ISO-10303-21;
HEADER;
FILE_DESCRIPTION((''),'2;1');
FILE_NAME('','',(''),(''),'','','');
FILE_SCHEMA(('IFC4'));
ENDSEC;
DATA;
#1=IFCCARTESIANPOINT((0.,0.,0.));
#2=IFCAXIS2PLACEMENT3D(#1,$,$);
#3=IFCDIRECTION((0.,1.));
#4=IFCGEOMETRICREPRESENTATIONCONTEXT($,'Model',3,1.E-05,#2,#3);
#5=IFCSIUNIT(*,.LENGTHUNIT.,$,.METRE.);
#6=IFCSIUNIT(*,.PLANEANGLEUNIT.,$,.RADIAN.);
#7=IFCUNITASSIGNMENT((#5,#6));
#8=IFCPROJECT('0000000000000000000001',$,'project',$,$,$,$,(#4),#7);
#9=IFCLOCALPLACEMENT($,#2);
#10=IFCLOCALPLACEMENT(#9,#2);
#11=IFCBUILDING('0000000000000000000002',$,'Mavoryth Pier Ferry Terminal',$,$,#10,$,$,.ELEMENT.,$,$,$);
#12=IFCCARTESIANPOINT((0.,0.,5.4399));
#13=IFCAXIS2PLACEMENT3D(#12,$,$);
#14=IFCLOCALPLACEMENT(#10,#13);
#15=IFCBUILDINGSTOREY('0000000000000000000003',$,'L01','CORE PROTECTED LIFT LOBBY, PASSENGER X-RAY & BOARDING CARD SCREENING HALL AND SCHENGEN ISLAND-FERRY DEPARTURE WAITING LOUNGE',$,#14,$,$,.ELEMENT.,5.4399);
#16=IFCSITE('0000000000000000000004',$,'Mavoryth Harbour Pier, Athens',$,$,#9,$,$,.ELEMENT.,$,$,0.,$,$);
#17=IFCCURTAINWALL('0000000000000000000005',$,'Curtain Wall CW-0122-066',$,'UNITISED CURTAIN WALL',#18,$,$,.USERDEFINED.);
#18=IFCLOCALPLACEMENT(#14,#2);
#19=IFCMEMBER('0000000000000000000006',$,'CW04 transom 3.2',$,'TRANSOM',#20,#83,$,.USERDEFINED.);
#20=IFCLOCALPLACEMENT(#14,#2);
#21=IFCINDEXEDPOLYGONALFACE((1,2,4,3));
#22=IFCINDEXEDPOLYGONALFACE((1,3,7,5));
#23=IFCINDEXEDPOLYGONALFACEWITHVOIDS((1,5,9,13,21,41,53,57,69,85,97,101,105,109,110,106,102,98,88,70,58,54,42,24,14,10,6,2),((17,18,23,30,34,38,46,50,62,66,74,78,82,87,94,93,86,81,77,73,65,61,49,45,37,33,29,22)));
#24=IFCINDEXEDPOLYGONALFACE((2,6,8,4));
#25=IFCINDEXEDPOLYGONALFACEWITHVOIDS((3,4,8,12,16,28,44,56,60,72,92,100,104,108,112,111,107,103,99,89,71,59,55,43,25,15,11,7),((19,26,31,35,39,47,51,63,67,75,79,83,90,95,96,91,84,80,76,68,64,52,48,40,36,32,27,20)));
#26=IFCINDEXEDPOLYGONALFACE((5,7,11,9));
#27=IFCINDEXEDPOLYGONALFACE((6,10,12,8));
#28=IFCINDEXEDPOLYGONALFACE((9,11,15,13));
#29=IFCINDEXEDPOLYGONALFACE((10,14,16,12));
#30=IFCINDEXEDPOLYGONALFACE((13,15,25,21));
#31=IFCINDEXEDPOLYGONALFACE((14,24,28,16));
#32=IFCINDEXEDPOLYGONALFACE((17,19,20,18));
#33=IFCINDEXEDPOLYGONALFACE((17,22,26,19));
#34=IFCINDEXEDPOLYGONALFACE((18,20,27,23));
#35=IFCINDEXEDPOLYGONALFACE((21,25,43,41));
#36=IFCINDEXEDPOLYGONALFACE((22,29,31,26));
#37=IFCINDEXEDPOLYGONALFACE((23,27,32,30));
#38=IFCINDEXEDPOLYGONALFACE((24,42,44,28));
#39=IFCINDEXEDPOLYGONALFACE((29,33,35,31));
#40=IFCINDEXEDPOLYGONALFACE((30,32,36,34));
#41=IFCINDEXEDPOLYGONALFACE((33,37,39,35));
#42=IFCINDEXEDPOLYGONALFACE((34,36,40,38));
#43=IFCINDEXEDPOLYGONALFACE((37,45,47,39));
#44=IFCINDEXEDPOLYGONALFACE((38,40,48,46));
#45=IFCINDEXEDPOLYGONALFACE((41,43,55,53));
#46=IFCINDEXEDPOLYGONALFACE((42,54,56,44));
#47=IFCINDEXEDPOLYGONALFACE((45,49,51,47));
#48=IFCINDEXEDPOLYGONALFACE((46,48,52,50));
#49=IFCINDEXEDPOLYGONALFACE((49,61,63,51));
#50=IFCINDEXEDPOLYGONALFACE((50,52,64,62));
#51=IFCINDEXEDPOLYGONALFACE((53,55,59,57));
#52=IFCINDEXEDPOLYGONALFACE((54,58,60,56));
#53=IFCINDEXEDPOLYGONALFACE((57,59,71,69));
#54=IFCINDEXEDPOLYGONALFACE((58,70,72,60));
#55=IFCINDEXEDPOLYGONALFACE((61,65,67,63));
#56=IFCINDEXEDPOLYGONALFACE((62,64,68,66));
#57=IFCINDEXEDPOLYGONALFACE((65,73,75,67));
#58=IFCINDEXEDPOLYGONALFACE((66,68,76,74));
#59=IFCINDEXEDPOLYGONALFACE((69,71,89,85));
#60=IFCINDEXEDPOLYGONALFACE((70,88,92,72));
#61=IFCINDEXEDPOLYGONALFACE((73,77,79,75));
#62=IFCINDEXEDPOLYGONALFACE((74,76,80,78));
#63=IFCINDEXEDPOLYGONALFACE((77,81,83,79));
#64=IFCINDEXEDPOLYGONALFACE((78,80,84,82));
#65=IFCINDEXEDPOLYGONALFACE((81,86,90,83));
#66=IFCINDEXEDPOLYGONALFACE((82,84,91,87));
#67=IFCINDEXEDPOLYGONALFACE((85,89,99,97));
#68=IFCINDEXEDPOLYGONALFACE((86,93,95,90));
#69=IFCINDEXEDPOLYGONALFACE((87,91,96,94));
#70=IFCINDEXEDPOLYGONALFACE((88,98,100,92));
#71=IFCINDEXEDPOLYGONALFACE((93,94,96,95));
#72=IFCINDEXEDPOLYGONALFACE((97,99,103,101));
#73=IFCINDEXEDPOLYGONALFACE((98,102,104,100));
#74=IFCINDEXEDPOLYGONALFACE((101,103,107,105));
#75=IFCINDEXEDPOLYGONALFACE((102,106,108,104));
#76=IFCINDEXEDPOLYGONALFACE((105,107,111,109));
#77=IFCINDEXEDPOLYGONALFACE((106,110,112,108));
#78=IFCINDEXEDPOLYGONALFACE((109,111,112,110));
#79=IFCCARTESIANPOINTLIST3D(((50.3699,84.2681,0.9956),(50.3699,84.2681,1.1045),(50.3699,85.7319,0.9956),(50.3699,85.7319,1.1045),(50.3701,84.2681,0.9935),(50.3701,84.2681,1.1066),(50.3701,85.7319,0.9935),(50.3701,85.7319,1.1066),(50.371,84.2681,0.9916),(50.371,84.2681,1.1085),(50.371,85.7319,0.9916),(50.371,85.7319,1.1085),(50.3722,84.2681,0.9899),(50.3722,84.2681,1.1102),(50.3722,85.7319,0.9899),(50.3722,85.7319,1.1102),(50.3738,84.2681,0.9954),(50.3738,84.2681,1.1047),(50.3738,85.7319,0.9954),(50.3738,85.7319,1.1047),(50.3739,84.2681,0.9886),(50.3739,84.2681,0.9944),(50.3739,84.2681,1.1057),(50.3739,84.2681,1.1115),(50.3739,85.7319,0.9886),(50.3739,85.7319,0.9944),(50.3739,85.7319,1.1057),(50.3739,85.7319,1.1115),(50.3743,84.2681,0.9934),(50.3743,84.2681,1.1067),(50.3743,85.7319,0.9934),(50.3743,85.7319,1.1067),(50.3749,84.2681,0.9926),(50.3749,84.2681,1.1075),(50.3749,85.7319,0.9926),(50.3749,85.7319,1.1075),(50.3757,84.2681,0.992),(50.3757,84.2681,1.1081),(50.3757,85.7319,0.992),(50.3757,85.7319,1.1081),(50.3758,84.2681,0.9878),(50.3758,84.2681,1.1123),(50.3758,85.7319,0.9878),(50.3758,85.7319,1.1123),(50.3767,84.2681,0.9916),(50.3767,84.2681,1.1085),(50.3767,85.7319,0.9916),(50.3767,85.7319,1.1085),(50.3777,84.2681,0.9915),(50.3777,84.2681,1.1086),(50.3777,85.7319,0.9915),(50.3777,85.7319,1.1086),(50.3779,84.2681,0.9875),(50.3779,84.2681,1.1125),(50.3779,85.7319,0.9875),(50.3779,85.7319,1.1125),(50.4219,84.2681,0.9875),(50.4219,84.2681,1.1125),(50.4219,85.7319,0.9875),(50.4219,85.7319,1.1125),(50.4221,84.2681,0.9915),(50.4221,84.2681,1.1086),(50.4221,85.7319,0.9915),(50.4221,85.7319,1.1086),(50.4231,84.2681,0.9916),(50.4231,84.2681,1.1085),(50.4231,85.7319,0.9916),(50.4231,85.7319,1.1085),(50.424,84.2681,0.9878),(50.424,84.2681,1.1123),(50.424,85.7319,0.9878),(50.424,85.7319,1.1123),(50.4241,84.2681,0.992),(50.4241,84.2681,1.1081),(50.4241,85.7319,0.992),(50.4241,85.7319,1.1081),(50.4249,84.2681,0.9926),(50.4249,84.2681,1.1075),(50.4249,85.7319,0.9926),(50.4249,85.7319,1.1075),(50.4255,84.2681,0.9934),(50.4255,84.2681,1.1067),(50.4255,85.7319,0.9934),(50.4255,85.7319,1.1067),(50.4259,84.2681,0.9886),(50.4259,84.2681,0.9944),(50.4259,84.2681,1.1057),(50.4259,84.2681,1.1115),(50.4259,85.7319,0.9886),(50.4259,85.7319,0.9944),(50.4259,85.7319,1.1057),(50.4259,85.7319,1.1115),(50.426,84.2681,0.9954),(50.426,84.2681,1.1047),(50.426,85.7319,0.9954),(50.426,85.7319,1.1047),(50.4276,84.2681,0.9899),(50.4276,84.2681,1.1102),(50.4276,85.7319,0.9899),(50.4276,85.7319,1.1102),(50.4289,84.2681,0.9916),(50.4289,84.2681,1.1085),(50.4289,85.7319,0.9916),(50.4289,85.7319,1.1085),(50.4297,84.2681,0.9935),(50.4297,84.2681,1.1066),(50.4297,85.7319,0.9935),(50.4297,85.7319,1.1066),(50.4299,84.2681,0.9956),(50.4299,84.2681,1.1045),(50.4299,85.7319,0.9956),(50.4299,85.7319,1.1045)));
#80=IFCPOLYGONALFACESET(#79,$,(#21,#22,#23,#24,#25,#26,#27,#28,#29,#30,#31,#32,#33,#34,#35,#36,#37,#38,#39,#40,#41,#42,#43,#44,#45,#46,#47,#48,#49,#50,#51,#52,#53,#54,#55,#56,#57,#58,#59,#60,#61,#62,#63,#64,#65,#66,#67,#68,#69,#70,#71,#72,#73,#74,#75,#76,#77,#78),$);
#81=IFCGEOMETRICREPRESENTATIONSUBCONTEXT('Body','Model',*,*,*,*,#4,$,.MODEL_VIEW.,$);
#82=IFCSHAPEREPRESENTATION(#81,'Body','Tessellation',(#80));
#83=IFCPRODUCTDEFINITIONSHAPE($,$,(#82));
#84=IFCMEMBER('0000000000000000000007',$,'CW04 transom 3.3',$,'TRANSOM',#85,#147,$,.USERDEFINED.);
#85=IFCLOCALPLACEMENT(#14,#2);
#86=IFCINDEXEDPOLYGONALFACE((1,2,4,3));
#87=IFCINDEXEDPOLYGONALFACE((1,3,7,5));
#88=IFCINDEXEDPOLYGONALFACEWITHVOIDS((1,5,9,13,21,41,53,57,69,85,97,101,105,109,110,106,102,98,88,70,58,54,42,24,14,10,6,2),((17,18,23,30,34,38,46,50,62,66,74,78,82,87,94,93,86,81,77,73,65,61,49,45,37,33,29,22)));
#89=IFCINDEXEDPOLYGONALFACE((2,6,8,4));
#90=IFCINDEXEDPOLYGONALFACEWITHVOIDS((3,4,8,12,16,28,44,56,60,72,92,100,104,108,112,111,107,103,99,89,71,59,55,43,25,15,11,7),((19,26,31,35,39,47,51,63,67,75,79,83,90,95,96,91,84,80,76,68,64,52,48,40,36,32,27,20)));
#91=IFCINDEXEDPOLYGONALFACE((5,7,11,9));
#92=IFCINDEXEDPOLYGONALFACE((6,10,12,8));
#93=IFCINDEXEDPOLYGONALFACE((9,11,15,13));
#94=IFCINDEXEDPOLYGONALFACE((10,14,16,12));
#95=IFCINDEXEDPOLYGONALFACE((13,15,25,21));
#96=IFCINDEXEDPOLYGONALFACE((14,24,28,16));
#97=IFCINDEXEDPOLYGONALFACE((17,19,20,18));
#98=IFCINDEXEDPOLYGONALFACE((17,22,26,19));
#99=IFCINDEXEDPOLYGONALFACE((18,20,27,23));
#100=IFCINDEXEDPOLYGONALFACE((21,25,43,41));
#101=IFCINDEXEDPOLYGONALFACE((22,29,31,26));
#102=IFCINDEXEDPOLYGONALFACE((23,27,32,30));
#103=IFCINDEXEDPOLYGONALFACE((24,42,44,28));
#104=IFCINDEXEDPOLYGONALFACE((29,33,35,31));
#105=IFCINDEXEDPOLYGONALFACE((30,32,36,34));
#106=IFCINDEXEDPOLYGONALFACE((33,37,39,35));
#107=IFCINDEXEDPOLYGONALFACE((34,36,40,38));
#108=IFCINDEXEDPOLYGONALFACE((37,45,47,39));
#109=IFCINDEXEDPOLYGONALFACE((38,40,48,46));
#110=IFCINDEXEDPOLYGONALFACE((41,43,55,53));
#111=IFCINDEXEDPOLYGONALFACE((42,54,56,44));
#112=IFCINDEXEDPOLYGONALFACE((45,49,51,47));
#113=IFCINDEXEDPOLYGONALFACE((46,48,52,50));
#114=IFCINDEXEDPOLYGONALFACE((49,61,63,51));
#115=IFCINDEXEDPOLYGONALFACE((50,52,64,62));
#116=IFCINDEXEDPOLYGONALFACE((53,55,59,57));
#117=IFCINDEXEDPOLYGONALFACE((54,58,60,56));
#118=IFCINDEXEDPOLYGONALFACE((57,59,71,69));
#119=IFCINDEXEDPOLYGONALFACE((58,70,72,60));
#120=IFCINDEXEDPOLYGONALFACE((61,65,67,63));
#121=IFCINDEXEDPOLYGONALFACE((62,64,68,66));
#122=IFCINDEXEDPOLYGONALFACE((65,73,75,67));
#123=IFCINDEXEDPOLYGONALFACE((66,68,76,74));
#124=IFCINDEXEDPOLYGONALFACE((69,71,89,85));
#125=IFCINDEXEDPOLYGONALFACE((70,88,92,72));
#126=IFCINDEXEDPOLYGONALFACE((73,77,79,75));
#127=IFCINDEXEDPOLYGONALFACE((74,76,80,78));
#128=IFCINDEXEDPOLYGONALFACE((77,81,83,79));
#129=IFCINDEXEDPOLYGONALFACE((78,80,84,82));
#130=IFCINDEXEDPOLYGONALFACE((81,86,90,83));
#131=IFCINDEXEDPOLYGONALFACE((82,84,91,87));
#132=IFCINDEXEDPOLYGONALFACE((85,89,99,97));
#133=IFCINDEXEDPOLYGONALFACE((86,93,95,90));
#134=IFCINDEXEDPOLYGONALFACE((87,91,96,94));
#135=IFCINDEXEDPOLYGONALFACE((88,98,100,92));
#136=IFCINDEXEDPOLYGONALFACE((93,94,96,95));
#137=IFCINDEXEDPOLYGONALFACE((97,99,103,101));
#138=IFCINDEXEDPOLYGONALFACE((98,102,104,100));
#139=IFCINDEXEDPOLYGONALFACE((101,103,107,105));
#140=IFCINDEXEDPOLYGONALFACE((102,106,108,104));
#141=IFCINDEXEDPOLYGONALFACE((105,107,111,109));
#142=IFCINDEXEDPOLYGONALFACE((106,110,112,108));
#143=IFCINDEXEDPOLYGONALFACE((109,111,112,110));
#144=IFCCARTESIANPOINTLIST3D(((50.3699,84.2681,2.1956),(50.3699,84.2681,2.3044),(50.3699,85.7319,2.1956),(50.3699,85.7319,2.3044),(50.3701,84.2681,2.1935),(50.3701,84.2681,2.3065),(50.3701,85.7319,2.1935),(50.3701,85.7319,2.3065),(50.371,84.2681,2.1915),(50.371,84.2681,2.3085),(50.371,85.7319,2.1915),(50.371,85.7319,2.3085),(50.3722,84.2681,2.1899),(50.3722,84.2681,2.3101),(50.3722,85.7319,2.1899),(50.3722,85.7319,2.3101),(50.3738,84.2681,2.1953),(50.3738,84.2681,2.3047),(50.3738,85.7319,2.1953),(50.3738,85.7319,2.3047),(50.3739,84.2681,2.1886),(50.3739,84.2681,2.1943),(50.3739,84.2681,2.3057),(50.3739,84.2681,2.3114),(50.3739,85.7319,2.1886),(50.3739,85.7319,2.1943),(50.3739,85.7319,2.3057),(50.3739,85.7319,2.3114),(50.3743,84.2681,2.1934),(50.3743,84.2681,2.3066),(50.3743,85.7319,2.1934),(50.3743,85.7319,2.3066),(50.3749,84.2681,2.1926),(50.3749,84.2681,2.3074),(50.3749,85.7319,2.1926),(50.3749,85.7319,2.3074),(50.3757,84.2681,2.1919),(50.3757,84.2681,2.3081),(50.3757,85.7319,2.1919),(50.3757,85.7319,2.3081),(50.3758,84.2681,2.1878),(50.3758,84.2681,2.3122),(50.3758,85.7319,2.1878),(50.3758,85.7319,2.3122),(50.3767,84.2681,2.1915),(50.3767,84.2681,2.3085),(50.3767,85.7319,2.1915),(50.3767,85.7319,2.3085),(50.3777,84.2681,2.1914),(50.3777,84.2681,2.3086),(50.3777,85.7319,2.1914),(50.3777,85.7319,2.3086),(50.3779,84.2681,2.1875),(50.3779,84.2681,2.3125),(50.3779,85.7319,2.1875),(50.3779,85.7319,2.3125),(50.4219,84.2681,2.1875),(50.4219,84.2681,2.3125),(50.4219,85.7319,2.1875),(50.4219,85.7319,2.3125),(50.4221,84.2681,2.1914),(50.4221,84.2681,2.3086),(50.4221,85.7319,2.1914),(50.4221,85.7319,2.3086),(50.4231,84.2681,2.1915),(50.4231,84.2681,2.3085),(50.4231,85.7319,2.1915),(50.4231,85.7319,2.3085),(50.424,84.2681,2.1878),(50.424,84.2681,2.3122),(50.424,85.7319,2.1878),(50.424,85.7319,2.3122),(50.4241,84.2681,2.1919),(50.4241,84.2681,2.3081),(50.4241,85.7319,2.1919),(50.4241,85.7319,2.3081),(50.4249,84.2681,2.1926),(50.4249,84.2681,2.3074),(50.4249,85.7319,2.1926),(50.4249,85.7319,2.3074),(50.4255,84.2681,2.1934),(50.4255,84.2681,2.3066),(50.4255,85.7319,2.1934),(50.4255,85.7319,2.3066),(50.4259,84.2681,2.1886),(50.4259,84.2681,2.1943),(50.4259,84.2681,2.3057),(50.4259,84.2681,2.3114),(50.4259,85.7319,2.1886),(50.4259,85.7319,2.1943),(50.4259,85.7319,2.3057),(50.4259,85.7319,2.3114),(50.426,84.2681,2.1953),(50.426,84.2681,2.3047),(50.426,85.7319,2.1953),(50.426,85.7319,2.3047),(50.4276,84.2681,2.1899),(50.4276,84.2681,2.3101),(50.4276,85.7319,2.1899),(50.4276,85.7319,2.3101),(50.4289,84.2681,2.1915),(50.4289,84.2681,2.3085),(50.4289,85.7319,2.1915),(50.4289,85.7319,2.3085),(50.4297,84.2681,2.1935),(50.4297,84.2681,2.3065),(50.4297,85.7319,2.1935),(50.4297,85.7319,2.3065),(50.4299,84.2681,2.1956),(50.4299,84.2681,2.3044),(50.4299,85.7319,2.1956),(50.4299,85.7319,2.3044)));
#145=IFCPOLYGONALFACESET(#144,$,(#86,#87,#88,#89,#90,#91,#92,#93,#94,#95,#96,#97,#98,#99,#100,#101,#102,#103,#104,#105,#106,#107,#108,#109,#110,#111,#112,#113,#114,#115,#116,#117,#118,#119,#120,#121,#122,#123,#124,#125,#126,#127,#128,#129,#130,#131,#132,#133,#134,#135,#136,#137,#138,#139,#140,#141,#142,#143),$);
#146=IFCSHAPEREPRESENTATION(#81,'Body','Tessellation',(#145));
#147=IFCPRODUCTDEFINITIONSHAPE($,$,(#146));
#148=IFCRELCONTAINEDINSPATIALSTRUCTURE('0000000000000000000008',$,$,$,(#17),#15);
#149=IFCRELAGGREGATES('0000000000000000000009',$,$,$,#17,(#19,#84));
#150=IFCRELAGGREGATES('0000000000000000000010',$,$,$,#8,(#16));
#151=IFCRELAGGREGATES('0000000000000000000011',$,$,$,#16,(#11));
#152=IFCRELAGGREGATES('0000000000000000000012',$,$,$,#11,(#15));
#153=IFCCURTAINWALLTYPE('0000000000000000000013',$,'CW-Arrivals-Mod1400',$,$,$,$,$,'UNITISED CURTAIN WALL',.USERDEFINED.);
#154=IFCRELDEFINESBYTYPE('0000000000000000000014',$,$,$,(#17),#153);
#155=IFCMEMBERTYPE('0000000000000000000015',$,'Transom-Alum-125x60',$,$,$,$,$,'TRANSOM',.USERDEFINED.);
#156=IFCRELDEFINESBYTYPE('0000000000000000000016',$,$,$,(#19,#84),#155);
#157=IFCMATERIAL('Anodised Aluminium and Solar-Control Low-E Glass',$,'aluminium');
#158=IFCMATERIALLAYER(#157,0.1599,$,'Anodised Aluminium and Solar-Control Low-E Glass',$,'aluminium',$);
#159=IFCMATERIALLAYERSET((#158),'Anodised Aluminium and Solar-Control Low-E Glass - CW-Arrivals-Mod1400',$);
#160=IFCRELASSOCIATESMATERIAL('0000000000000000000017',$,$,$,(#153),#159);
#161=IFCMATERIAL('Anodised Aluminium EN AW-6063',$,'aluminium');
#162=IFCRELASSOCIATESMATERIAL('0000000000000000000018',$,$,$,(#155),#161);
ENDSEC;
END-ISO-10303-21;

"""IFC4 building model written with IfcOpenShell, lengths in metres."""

from ifc_helpers import new_model, si_unit, direction, frame, origin, origin_2d, place, context, subcontext, project, spatial, hollow_rectangle, extrude, material, layer, layer_set, material_profile, profile_set, type_object, element, aggregate, save


model = new_model("IFC4")

# Units and contexts
model_context = context("Model", 3, precision=1e-05, world=origin(), true_north=direction((0.0, 1.0)))
body_context = subcontext(model_context, "Body", "Model", "MODEL_VIEW")
ifc_project = project(units=[si_unit("LENGTHUNIT", "METRE"), si_unit("PLANEANGLEUNIT", "RADIAN")], contexts=[model_context])

# Site, building, storey
site_placement = place(None, origin())
site = spatial("IfcSite", under=ifc_project, at=site_placement, Name="Mavoryth Harbour Pier, Athens", CompositionType="ELEMENT", RefElevation=0.0)
building_placement = place(site_placement, origin())
building = spatial("IfcBuilding", under=site, at=building_placement, Name="Mavoryth Pier Ferry Terminal", CompositionType="ELEMENT")
storey_placement = place(building_placement, frame((0.0, 0.0, 5.4399)))
storey = spatial("IfcBuildingStorey", under=building, at=storey_placement, Name="L01", Description="CORE PROTECTED LIFT LOBBY, PASSENGER X-RAY & BOARDING CARD SCREENING HALL AND SCHENGEN ISLAND-FERRY DEPARTURE WAITING LOUNGE", CompositionType="ELEMENT", Elevation=5.4399)

# Curtain wall
ifc_material_1 = material(Name="Anodised Aluminium and Solar-Control Low-E Glass", Category="aluminium")
ifc_material_2 = material(Name="Anodised Aluminium EN AW-6063", Category="aluminium")
ifc_layer_1 = layer(ifc_material_1, 0.1599, Name="Anodised Aluminium and Solar-Control Low-E Glass", Category="aluminium")
ifc_layer_set_1 = layer_set([ifc_layer_1], Name="Anodised Aluminium and Solar-Control Low-E Glass - CW-Arrivals-Mod1400")
curtain_wall_type_1 = type_object("IfcCurtainWallType", Name="CW-Arrivals-Mod1400", ElementType="UNITISED CURTAIN WALL", PredefinedType="USERDEFINED", material=ifc_layer_set_1)
curtain_wall_1_placement = place(storey_placement, origin())
curtain_wall_1 = element("IfcCurtainWall", 1, at=curtain_wall_1_placement, inside=storey, type_object=curtain_wall_type_1, Name="Curtain Wall CW-0122-066", ObjectType="UNITISED CURTAIN WALL", PredefinedType="USERDEFINED")

# Members
ifc_material_profile_1 = material_profile(ifc_material_2, hollow_rectangle(XDim=0.0601, YDim=0.125, WallThickness=0.0039, InnerFilletRadius=0.0039, OuterFilletRadius=0.0081, at=origin_2d()), Name="AL-TRAN 125x60x4", Category="aluminium")
ifc_profile_set_1 = profile_set([ifc_material_profile_1], Name="Anodised Aluminium EN AW-6063 - AL-TRAN 125x60x4")
member_type_1 = type_object("IfcMemberType", Name="Transom-Alum-125x60", ElementType="TRANSOM", PredefinedType="USERDEFINED", material=ifc_profile_set_1)
member_1_placement = place(storey_placement, frame((50.3999, 85.7319, 1.05), z_axis=(0.0, -1.0, 0.0), x_axis=(1.0, 0.0, 0.0)))
member_1 = element("IfcMember", 2, at=member_1_placement, type_object=member_type_1, Name="CW04 transom 3.2", ObjectType="TRANSOM", PredefinedType="USERDEFINED", context=body_context, shape_type="SweptSolid", body=[
    extrude(hollow_rectangle(XDim=0.0601, YDim=0.125, WallThickness=0.0039, InnerFilletRadius=0.0039, OuterFilletRadius=0.0081, at=origin_2d()), origin(), (0.0, 0.0, 1.0), 1.4639),
])
member_2_placement = place(storey_placement, frame((50.3999, 85.7319, 2.25), z_axis=(0.0, -1.0, 0.0), x_axis=(1.0, 0.0, 0.0)))
member_2 = element("IfcMember", 3, at=member_2_placement, type_object=member_type_1, Name="CW04 transom 3.3", ObjectType="TRANSOM", PredefinedType="USERDEFINED", context=body_context, shape_type="SweptSolid", body=[
    extrude(hollow_rectangle(XDim=0.0601, YDim=0.125, WallThickness=0.0039, InnerFilletRadius=0.0039, OuterFilletRadius=0.0081, at=origin_2d()), origin(), (0.0, 0.0, 1.0), 1.4639),
])

aggregate(curtain_wall_1, [member_1, member_2])

save(model, "model.ifc")
